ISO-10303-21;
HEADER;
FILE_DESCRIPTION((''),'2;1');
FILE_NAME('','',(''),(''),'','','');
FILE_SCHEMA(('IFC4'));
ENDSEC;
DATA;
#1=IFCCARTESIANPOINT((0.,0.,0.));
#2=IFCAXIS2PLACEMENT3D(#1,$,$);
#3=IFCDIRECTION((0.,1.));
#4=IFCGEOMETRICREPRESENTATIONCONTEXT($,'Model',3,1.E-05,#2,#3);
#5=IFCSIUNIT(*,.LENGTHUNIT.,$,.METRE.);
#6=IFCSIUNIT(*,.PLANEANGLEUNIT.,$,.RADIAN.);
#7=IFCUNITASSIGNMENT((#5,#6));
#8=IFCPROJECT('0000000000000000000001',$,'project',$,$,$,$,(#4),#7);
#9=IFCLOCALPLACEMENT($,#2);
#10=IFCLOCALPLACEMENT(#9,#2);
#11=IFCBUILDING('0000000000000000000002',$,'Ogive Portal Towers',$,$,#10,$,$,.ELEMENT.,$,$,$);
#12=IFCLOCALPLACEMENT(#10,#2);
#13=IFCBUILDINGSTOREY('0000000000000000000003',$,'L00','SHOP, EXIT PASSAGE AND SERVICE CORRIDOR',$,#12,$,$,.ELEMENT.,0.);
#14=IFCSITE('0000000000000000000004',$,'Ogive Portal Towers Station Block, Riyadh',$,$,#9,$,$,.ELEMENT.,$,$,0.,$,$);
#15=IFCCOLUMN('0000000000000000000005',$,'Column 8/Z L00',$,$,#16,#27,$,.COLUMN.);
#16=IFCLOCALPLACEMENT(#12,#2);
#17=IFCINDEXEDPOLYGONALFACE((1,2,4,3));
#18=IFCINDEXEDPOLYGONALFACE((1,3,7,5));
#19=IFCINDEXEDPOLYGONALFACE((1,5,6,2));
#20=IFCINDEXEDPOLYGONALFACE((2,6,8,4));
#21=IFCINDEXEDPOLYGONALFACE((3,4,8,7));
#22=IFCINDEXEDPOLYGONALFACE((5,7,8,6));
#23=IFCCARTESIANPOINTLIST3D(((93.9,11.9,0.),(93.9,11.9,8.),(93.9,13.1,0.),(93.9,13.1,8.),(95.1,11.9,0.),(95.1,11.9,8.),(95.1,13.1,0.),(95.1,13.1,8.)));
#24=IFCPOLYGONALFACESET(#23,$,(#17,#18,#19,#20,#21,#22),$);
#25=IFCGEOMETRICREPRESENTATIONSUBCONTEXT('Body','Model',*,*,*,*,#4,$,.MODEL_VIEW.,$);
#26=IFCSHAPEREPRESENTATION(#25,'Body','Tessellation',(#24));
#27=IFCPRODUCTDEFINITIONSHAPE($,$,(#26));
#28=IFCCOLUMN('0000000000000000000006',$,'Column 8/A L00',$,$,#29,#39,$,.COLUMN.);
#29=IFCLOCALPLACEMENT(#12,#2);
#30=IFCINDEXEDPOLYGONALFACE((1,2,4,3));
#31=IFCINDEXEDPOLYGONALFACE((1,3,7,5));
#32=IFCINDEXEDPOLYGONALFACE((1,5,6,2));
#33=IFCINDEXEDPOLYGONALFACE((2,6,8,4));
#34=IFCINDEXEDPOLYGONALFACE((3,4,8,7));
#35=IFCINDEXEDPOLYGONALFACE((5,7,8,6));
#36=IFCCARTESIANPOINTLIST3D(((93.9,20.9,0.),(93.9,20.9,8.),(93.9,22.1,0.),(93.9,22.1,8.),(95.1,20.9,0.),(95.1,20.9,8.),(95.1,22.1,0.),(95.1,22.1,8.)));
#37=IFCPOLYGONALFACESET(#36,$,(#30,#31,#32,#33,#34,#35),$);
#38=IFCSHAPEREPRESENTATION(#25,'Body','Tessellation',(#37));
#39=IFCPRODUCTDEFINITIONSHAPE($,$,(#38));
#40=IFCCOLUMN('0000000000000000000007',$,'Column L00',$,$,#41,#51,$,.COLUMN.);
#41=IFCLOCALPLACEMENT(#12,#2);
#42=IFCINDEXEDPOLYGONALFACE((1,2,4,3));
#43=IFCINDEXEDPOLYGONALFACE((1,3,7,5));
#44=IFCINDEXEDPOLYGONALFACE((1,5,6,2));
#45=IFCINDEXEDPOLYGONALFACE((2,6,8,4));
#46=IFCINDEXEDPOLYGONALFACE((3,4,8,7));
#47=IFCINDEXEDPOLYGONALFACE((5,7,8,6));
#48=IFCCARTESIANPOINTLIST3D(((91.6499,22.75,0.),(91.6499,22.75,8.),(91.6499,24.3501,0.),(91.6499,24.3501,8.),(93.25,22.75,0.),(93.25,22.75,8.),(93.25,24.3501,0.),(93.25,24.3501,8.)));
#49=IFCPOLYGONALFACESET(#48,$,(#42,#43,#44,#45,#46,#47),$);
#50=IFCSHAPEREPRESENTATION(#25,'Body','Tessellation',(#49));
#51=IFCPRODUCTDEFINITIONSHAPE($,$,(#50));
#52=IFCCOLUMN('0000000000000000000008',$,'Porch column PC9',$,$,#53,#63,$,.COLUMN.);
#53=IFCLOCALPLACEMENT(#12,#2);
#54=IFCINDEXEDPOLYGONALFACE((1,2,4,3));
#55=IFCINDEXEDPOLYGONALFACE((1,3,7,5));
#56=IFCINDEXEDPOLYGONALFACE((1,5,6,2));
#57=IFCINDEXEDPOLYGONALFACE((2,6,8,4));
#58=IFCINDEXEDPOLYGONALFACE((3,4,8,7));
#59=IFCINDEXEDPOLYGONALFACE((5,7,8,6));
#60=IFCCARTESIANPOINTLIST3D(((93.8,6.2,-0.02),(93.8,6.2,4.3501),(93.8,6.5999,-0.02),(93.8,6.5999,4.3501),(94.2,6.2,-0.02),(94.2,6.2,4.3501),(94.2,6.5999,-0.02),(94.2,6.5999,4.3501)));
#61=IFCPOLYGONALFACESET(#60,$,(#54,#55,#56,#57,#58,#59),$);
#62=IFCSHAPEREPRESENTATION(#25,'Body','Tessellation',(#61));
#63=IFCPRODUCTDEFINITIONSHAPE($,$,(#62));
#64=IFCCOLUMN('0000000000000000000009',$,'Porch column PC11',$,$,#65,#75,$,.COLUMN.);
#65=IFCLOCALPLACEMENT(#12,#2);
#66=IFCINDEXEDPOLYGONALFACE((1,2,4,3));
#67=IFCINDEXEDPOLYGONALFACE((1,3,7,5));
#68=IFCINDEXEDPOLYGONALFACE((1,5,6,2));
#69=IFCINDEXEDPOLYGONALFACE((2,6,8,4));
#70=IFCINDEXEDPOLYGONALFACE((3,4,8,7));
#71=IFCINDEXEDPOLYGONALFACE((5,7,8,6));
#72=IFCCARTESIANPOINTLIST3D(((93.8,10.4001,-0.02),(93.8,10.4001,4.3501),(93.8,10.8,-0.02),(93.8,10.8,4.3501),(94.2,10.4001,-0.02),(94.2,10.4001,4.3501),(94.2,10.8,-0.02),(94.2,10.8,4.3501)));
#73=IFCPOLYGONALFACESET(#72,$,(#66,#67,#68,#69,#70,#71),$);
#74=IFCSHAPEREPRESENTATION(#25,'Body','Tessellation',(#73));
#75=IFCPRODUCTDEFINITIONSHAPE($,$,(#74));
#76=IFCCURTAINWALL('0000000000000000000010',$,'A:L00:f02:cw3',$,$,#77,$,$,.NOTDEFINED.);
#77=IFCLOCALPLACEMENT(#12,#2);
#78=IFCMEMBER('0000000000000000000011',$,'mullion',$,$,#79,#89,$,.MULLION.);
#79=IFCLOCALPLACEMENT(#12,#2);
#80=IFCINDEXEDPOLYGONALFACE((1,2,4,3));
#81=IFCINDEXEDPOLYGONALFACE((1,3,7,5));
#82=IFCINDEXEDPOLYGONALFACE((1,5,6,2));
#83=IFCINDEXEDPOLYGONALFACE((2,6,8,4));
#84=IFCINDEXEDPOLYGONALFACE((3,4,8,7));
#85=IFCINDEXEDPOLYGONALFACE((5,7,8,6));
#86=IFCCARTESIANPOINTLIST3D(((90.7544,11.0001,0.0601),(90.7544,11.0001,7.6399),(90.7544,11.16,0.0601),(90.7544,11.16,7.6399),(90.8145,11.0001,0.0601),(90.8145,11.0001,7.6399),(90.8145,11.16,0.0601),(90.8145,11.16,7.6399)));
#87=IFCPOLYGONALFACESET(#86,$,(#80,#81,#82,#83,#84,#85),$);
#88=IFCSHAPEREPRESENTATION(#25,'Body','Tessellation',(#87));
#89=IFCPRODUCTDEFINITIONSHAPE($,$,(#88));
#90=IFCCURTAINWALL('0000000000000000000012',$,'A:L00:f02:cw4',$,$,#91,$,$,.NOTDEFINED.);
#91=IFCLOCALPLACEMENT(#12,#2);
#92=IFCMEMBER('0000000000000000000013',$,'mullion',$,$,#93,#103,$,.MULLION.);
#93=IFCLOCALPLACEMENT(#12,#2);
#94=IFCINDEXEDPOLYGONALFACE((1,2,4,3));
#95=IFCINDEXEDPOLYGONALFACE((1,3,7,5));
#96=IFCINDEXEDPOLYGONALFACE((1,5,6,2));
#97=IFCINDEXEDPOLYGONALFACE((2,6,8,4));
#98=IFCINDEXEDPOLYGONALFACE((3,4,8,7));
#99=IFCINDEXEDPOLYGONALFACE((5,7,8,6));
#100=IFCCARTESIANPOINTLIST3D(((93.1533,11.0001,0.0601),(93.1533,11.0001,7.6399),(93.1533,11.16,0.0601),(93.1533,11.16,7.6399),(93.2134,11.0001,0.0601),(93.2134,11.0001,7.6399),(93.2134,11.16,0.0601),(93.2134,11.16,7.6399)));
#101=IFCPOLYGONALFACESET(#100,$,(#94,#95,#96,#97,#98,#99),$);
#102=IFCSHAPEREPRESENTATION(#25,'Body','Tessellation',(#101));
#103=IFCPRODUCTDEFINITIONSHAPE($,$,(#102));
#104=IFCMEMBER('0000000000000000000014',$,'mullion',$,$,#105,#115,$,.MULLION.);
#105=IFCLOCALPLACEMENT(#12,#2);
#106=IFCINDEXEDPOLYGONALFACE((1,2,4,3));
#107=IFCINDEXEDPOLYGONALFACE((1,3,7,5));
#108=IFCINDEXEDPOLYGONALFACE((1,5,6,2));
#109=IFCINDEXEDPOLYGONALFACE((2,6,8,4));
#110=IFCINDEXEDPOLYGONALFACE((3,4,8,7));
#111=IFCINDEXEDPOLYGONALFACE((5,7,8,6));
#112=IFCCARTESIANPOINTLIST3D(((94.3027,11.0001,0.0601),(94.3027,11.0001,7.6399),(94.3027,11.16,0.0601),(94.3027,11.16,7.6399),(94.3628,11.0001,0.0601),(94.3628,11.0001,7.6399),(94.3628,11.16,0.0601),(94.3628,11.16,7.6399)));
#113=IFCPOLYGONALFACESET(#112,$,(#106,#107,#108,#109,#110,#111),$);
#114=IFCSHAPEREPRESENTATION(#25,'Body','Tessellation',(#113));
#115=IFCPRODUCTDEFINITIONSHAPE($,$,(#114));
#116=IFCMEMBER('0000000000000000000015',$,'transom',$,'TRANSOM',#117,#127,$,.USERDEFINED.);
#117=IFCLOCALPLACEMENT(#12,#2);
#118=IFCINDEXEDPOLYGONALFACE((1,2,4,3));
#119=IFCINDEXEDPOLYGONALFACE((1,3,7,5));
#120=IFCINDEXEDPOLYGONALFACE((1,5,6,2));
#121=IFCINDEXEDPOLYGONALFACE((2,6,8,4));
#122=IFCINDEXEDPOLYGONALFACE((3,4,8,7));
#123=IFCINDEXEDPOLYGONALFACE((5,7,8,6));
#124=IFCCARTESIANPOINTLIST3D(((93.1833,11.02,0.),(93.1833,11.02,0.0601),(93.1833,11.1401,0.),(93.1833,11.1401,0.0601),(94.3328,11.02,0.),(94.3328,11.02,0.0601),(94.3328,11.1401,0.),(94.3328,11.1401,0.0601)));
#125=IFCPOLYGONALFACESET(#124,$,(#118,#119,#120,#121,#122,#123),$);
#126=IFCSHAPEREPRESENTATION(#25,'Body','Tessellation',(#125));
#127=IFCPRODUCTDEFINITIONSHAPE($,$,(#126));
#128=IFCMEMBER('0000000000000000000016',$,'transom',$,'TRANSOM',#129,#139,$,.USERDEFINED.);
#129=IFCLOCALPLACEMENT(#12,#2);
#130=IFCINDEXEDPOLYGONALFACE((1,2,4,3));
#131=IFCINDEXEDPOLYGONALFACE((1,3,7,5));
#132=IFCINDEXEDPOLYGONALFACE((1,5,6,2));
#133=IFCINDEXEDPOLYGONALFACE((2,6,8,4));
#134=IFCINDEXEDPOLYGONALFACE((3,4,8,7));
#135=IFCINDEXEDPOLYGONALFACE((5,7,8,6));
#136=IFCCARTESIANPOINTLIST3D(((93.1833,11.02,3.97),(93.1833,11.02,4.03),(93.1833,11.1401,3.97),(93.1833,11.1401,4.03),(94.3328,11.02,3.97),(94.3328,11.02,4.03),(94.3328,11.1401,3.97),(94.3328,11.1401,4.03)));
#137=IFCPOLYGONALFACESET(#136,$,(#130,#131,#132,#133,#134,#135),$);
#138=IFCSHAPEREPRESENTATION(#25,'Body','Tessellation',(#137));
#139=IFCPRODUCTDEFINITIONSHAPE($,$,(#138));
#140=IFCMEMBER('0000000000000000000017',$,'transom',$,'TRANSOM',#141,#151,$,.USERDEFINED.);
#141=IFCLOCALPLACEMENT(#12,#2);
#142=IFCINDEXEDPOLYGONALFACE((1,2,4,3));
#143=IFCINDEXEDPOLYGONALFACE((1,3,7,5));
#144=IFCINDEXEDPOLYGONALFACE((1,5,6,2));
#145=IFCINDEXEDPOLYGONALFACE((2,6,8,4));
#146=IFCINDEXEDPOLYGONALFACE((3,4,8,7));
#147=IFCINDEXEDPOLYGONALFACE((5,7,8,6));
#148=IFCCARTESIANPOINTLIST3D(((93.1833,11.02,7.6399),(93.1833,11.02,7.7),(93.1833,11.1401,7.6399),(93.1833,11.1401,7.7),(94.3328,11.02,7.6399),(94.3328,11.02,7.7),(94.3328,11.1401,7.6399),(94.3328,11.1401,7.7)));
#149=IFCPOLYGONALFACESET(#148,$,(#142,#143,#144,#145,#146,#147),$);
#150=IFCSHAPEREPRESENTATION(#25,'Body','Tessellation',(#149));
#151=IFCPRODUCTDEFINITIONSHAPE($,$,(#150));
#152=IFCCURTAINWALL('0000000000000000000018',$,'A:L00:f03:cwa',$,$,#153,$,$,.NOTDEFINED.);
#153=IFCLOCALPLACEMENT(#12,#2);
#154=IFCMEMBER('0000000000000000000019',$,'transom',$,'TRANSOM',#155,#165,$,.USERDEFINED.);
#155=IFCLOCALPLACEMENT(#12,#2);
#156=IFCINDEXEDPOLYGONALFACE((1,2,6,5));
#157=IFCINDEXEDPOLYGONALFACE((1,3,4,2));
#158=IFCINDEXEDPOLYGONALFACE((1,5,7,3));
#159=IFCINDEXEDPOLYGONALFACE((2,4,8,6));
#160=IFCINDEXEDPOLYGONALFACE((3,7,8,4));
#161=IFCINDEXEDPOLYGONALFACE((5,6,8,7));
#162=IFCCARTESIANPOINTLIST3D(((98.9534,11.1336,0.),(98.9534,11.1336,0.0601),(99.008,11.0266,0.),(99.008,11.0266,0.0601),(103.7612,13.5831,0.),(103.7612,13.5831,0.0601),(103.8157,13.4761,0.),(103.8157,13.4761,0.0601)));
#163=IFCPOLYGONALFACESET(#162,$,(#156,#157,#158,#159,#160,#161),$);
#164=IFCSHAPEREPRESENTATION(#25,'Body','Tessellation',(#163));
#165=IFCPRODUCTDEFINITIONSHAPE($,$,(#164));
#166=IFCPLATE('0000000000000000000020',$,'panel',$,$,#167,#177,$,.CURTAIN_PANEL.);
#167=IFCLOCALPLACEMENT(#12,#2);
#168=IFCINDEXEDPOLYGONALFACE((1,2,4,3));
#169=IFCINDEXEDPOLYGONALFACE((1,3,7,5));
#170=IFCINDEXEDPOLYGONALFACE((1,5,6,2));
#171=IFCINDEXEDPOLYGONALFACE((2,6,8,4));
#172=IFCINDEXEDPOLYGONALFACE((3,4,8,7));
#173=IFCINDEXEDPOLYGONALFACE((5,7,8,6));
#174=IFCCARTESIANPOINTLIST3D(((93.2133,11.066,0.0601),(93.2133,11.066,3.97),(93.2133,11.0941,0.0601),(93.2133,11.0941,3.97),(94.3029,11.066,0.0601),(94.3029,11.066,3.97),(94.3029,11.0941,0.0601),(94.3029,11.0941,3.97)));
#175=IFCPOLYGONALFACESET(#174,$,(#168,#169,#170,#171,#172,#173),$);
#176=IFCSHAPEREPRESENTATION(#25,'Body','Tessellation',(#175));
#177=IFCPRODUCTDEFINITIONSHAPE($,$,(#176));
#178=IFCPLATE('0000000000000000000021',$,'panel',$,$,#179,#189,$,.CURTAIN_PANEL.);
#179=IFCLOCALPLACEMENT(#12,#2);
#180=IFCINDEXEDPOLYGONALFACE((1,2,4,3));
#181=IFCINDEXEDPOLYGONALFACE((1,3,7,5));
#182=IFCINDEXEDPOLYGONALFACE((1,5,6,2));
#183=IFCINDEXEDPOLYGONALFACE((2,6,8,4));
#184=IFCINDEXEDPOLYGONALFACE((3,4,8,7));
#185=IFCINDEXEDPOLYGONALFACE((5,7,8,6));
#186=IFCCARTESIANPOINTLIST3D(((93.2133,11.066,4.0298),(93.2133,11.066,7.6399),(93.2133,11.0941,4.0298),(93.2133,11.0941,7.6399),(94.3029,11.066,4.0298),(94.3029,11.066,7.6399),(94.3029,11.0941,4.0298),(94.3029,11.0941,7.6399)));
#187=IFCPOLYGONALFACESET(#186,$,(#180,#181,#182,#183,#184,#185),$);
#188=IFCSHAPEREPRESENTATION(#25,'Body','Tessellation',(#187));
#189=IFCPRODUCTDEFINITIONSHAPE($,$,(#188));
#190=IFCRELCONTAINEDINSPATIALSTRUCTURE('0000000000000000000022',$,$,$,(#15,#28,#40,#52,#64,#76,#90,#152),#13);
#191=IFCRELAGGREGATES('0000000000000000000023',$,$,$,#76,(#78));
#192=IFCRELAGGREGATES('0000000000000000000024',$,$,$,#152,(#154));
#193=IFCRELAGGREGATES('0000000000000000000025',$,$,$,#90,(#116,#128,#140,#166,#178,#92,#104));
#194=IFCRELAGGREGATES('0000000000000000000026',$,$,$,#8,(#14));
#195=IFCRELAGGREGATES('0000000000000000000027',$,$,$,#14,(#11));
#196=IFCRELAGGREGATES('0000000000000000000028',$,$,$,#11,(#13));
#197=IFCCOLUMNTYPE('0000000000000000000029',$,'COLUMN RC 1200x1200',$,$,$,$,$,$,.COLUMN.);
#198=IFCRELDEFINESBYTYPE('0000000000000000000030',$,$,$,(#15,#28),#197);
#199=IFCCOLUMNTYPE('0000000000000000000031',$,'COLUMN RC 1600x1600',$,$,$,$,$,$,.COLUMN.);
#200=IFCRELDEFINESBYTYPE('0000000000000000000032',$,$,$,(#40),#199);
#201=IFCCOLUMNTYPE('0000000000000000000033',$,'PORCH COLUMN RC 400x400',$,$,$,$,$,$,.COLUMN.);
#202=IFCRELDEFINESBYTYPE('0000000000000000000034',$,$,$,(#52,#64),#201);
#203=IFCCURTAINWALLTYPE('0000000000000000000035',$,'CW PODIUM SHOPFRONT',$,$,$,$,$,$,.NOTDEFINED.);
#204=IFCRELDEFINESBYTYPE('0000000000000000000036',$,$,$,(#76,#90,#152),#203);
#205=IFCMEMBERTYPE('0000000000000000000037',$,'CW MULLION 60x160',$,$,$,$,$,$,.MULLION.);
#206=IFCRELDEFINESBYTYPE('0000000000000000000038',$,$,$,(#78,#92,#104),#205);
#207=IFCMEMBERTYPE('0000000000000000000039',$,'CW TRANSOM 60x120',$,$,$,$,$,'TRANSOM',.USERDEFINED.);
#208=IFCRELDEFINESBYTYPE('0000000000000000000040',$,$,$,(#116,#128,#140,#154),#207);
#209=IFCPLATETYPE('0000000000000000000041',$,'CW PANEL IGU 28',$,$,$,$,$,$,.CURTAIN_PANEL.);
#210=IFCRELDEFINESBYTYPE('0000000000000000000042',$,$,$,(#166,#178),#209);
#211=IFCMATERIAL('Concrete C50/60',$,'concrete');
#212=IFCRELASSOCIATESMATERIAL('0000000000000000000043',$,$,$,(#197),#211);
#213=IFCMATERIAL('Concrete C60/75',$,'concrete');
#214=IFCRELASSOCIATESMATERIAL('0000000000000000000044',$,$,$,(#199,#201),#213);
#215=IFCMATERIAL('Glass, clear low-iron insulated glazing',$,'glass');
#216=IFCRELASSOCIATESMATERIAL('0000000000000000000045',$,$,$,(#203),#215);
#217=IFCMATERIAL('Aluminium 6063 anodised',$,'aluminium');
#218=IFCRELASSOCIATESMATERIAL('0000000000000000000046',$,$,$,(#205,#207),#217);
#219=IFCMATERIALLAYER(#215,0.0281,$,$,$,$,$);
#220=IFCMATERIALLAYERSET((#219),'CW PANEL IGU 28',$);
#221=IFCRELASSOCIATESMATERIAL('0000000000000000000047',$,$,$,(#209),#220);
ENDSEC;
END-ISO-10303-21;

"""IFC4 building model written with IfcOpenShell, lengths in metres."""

from ifc_helpers import new_model, si_unit, direction, frame, origin, origin_2d, place, context, subcontext, project, spatial, rectangle, extrude, material, layer, layer_set, material_profile, profile_set, type_object, element, aggregate, save


model = new_model("IFC4")

# Units and contexts
model_context = context("Model", 3, precision=1e-05, world=origin(), true_north=direction((0.0, 1.0)))
body_context = subcontext(model_context, "Body", "Model", "MODEL_VIEW")
ifc_project = project(units=[si_unit("LENGTHUNIT", "METRE"), si_unit("PLANEANGLEUNIT", "RADIAN")], contexts=[model_context])

# Site, building, storey
site_placement = place(None, origin())
site = spatial("IfcSite", under=ifc_project, at=site_placement, Name="Ogive Portal Towers Station Block, Riyadh", CompositionType="ELEMENT", RefElevation=0.0)
building_placement = place(site_placement, origin())
building = spatial("IfcBuilding", under=site, at=building_placement, Name="Ogive Portal Towers", CompositionType="ELEMENT")
storey_placement = place(building_placement, origin())
storey = spatial("IfcBuildingStorey", under=building, at=storey_placement, Name="L00", Description="SHOP, EXIT PASSAGE AND SERVICE CORRIDOR", CompositionType="ELEMENT", Elevation=0.0)

# Columns
ifc_material_1 = material(Name="Concrete C50/60", Category="concrete")
ifc_material_profile_1 = material_profile(ifc_material_1, rectangle(XDim=1.2, YDim=1.2, at=origin_2d()), Name="RC 1200x1200")
ifc_profile_set_1 = profile_set([ifc_material_profile_1], Name="Concrete C50/60")
column_type_1 = type_object("IfcColumnType", Name="COLUMN RC 1200x1200", PredefinedType="COLUMN", material=ifc_profile_set_1)
for number, where, z_axis, x_axis, name in (
    (1, (94.5, 12.5, 0.0), (0.0, 0.0, 1.0), (1.0, 0.0, 0.0), "Column 8/Z L00"),
    (2, (94.5, 21.5, 0.0), (0.0, 0.0, 1.0), (1.0, 0.0, 0.0), "Column 8/A L00"),
):
    element("IfcColumn", number, at=place(storey_placement, frame(where, z_axis=z_axis, x_axis=x_axis)), inside=storey, type_object=column_type_1, Name=name, PredefinedType="COLUMN", context=body_context, shape_type="SweptSolid", body=[
        extrude(rectangle(XDim=1.2, YDim=1.2, at=origin_2d()), origin(), (0.0, 0.0, 1.0), 8.0),
    ])
ifc_material_2 = material(Name="Concrete C60/75", Category="concrete")
ifc_material_profile_2 = material_profile(ifc_material_2, rectangle(XDim=1.6001, YDim=1.6001, at=origin_2d()), Name="RC 1600x1600")
ifc_profile_set_2 = profile_set([ifc_material_profile_2], Name="Concrete C60/75")
column_type_2 = type_object("IfcColumnType", Name="COLUMN RC 1600x1600", PredefinedType="COLUMN", material=ifc_profile_set_2)
column_placement = place(storey_placement, frame((92.45, 23.55, 0.0), z_axis=(0.0, 0.0, 1.0), x_axis=(1.0, 0.0, 0.0)))
element("IfcColumn", 3, at=column_placement, inside=storey, type_object=column_type_2, Name="Column L00", PredefinedType="COLUMN", context=body_context, shape_type="SweptSolid", body=[
    extrude(rectangle(XDim=1.6001, YDim=1.6001, at=origin_2d()), origin(), (0.0, 0.0, 1.0), 8.0),
])
ifc_material_profile_3 = material_profile(ifc_material_2, rectangle(XDim=0.3999, YDim=0.3999, at=origin_2d()), Name="RC 400x400")
ifc_profile_set_3 = profile_set([ifc_material_profile_3], Name="Concrete C60/75")
column_type_3 = type_object("IfcColumnType", Name="PORCH COLUMN RC 400x400", PredefinedType="COLUMN", material=ifc_profile_set_3)
for number, where, z_axis, x_axis, name in (
    (4, (94.0, 6.3999, -0.02), (0.0, 0.0, 1.0), (1.0, 0.0, 0.0), "Porch column PC9"),
    (5, (94.0, 10.6001, -0.02), (0.0, 0.0, 1.0), (1.0, 0.0, 0.0), "Porch column PC11"),
):
    element("IfcColumn", number, at=place(storey_placement, frame(where, z_axis=z_axis, x_axis=x_axis)), inside=storey, type_object=column_type_3, Name=name, PredefinedType="COLUMN", context=body_context, shape_type="SweptSolid", body=[
        extrude(rectangle(XDim=0.3999, YDim=0.3999, at=origin_2d()), origin(), (0.0, 0.0, 1.0), 4.3701),
    ])

# Curtain wall, member
ifc_material_3 = material(Name="Glass, clear low-iron insulated glazing", Category="glass")
curtain_wall_type = type_object("IfcCurtainWallType", Name="CW PODIUM SHOPFRONT", PredefinedType="NOTDEFINED", material=ifc_material_3)
curtain_wall_1_placement = place(storey_placement, origin())
curtain_wall_1 = element("IfcCurtainWall", 6, at=curtain_wall_1_placement, inside=storey, type_object=curtain_wall_type, Name="A:L00:f02:cw3", PredefinedType="NOTDEFINED")
ifc_material_4 = material(Name="Aluminium 6063 anodised", Category="aluminium")
ifc_material_profile_4 = material_profile(ifc_material_4, rectangle(XDim=0.1599, YDim=0.0601, at=origin_2d()), Name="AL 60x160")
ifc_profile_set_4 = profile_set([ifc_material_profile_4], Name="Aluminium 6063 anodised")
member_type_1 = type_object("IfcMemberType", Name="CW MULLION 60x160", PredefinedType="MULLION", material=ifc_profile_set_4)
member_1_placement = place(storey_placement, frame((90.7844, 11.0801, 0.0601), z_axis=(0.0, 0.0, 1.0), x_axis=(0.0, 1.0, 0.0)))
member_1 = element("IfcMember", 7, at=member_1_placement, type_object=member_type_1, Name="mullion", PredefinedType="MULLION", context=body_context, shape_type="SweptSolid", body=[
    extrude(rectangle(XDim=0.1599, YDim=0.0601, at=origin_2d()), origin(), (0.0, 0.0, 1.0), 7.5798),
])
aggregate(curtain_wall_1, [member_1])

# Curtain wall, members
curtain_wall_2_placement = place(storey_placement, origin())
curtain_wall_2 = element("IfcCurtainWall", 8, at=curtain_wall_2_placement, inside=storey, type_object=curtain_wall_type, Name="A:L00:f02:cw4", PredefinedType="NOTDEFINED")
member_2_placement = place(storey_placement, frame((93.1833, 11.0801, 0.0601), z_axis=(0.0, 0.0, 1.0), x_axis=(0.0, 1.0, 0.0)))
member_2 = element("IfcMember", 9, at=member_2_placement, type_object=member_type_1, Name="mullion", PredefinedType="MULLION", context=body_context, shape_type="SweptSolid", body=[
    extrude(rectangle(XDim=0.1599, YDim=0.0601, at=origin_2d()), origin(), (0.0, 0.0, 1.0), 7.5798),
])
member_3_placement = place(storey_placement, frame((94.3328, 11.0801, 0.0601), z_axis=(0.0, 0.0, 1.0), x_axis=(0.0, 1.0, 0.0)))
member_3 = element("IfcMember", 10, at=member_3_placement, type_object=member_type_1, Name="mullion", PredefinedType="MULLION", context=body_context, shape_type="SweptSolid", body=[
    extrude(rectangle(XDim=0.1599, YDim=0.0601, at=origin_2d()), origin(), (0.0, 0.0, 1.0), 7.5798),
])
ifc_material_profile_5 = material_profile(ifc_material_4, rectangle(XDim=0.1201, YDim=0.0601, at=origin_2d()), Name="AL 120x60")
ifc_profile_set_5 = profile_set([ifc_material_profile_5], Name="Aluminium 6063 anodised")
member_type_2 = type_object("IfcMemberType", Name="CW TRANSOM 60x120", ElementType="TRANSOM", PredefinedType="USERDEFINED", material=ifc_profile_set_5)
member_4_placement = place(storey_placement, frame((93.1833, 11.0801, 0.03), z_axis=(1.0, 0.0, 0.0), x_axis=(0.0, 1.0, 0.0)))
member_4 = element("IfcMember", 11, at=member_4_placement, type_object=member_type_2, Name="transom", ObjectType="TRANSOM", PredefinedType="USERDEFINED", context=body_context, shape_type="SweptSolid", body=[
    extrude(rectangle(XDim=0.1201, YDim=0.0601, at=origin_2d()), origin(), (0.0, 0.0, 1.0), 1.1494),
])
member_5_placement = place(storey_placement, frame((93.1833, 11.0801, 4.0), z_axis=(1.0, 0.0, 0.0), x_axis=(0.0, 1.0, 0.0)))
member_5 = element("IfcMember", 12, at=member_5_placement, type_object=member_type_2, Name="transom", ObjectType="TRANSOM", PredefinedType="USERDEFINED", context=body_context, shape_type="SweptSolid", body=[
    extrude(rectangle(XDim=0.1201, YDim=0.0601, at=origin_2d()), origin(), (0.0, 0.0, 1.0), 1.1494),
])
member_6_placement = place(storey_placement, frame((93.1833, 11.0801, 7.6699), z_axis=(1.0, 0.0, 0.0), x_axis=(0.0, 1.0, 0.0)))
member_6 = element("IfcMember", 13, at=member_6_placement, type_object=member_type_2, Name="transom", ObjectType="TRANSOM", PredefinedType="USERDEFINED", context=body_context, shape_type="SweptSolid", body=[
    extrude(rectangle(XDim=0.1201, YDim=0.0601, at=origin_2d()), origin(), (0.0, 0.0, 1.0), 1.1494),
])

# Curtain wall, member
curtain_wall_3_placement = place(storey_placement, origin())
curtain_wall_3 = element("IfcCurtainWall", 14, at=curtain_wall_3_placement, inside=storey, type_object=curtain_wall_type, Name="A:L00:f03:cwa", PredefinedType="NOTDEFINED")
member_7_placement = place(storey_placement, frame((98.9807, 11.0801, 0.03), z_axis=(0.891017, 0.45397, 0.0), x_axis=(-0.45397, 0.891017, 0.0)))
member_7 = element("IfcMember", 15, at=member_7_placement, type_object=member_type_2, Name="transom", ObjectType="TRANSOM", PredefinedType="USERDEFINED", context=body_context, shape_type="SweptSolid", body=[
    extrude(rectangle(XDim=0.1201, YDim=0.0601, at=origin_2d()), origin(), (0.0, 0.0, 1.0), 5.3958),
])
aggregate(curtain_wall_3, [member_7])

# Plates
ifc_layer_1 = layer(ifc_material_3, 0.0281)
ifc_layer_set_1 = layer_set([ifc_layer_1], Name="CW PANEL IGU 28")
plate_type = type_object("IfcPlateType", Name="CW PANEL IGU 28", PredefinedType="CURTAIN_PANEL", material=ifc_layer_set_1)
plate_1_placement = place(storey_placement, frame((93.7581, 11.0801, 0.0601), z_axis=(0.0, 0.0, 1.0), x_axis=(1.0, 0.0, 0.0)))
plate_1 = element("IfcPlate", 16, at=plate_1_placement, type_object=plate_type, Name="panel", PredefinedType="CURTAIN_PANEL", context=body_context, shape_type="SweptSolid", body=[
    extrude(rectangle(XDim=1.0896, YDim=0.0281, at=origin_2d()), origin(), (0.0, 0.0, 1.0), 3.9099),
])
plate_2_placement = place(storey_placement, frame((93.7581, 11.0801, 4.0298), z_axis=(0.0, 0.0, 1.0), x_axis=(1.0, 0.0, 0.0)))
plate_2 = element("IfcPlate", 17, at=plate_2_placement, type_object=plate_type, Name="panel", PredefinedType="CURTAIN_PANEL", context=body_context, shape_type="SweptSolid", body=[
    extrude(rectangle(XDim=1.0896, YDim=0.0281, at=origin_2d()), origin(), (0.0, 0.0, 1.0), 3.6101),
])
aggregate(curtain_wall_2, [member_4, member_5, member_6, plate_1, plate_2, member_2, member_3])

save(model, "model.ifc")
